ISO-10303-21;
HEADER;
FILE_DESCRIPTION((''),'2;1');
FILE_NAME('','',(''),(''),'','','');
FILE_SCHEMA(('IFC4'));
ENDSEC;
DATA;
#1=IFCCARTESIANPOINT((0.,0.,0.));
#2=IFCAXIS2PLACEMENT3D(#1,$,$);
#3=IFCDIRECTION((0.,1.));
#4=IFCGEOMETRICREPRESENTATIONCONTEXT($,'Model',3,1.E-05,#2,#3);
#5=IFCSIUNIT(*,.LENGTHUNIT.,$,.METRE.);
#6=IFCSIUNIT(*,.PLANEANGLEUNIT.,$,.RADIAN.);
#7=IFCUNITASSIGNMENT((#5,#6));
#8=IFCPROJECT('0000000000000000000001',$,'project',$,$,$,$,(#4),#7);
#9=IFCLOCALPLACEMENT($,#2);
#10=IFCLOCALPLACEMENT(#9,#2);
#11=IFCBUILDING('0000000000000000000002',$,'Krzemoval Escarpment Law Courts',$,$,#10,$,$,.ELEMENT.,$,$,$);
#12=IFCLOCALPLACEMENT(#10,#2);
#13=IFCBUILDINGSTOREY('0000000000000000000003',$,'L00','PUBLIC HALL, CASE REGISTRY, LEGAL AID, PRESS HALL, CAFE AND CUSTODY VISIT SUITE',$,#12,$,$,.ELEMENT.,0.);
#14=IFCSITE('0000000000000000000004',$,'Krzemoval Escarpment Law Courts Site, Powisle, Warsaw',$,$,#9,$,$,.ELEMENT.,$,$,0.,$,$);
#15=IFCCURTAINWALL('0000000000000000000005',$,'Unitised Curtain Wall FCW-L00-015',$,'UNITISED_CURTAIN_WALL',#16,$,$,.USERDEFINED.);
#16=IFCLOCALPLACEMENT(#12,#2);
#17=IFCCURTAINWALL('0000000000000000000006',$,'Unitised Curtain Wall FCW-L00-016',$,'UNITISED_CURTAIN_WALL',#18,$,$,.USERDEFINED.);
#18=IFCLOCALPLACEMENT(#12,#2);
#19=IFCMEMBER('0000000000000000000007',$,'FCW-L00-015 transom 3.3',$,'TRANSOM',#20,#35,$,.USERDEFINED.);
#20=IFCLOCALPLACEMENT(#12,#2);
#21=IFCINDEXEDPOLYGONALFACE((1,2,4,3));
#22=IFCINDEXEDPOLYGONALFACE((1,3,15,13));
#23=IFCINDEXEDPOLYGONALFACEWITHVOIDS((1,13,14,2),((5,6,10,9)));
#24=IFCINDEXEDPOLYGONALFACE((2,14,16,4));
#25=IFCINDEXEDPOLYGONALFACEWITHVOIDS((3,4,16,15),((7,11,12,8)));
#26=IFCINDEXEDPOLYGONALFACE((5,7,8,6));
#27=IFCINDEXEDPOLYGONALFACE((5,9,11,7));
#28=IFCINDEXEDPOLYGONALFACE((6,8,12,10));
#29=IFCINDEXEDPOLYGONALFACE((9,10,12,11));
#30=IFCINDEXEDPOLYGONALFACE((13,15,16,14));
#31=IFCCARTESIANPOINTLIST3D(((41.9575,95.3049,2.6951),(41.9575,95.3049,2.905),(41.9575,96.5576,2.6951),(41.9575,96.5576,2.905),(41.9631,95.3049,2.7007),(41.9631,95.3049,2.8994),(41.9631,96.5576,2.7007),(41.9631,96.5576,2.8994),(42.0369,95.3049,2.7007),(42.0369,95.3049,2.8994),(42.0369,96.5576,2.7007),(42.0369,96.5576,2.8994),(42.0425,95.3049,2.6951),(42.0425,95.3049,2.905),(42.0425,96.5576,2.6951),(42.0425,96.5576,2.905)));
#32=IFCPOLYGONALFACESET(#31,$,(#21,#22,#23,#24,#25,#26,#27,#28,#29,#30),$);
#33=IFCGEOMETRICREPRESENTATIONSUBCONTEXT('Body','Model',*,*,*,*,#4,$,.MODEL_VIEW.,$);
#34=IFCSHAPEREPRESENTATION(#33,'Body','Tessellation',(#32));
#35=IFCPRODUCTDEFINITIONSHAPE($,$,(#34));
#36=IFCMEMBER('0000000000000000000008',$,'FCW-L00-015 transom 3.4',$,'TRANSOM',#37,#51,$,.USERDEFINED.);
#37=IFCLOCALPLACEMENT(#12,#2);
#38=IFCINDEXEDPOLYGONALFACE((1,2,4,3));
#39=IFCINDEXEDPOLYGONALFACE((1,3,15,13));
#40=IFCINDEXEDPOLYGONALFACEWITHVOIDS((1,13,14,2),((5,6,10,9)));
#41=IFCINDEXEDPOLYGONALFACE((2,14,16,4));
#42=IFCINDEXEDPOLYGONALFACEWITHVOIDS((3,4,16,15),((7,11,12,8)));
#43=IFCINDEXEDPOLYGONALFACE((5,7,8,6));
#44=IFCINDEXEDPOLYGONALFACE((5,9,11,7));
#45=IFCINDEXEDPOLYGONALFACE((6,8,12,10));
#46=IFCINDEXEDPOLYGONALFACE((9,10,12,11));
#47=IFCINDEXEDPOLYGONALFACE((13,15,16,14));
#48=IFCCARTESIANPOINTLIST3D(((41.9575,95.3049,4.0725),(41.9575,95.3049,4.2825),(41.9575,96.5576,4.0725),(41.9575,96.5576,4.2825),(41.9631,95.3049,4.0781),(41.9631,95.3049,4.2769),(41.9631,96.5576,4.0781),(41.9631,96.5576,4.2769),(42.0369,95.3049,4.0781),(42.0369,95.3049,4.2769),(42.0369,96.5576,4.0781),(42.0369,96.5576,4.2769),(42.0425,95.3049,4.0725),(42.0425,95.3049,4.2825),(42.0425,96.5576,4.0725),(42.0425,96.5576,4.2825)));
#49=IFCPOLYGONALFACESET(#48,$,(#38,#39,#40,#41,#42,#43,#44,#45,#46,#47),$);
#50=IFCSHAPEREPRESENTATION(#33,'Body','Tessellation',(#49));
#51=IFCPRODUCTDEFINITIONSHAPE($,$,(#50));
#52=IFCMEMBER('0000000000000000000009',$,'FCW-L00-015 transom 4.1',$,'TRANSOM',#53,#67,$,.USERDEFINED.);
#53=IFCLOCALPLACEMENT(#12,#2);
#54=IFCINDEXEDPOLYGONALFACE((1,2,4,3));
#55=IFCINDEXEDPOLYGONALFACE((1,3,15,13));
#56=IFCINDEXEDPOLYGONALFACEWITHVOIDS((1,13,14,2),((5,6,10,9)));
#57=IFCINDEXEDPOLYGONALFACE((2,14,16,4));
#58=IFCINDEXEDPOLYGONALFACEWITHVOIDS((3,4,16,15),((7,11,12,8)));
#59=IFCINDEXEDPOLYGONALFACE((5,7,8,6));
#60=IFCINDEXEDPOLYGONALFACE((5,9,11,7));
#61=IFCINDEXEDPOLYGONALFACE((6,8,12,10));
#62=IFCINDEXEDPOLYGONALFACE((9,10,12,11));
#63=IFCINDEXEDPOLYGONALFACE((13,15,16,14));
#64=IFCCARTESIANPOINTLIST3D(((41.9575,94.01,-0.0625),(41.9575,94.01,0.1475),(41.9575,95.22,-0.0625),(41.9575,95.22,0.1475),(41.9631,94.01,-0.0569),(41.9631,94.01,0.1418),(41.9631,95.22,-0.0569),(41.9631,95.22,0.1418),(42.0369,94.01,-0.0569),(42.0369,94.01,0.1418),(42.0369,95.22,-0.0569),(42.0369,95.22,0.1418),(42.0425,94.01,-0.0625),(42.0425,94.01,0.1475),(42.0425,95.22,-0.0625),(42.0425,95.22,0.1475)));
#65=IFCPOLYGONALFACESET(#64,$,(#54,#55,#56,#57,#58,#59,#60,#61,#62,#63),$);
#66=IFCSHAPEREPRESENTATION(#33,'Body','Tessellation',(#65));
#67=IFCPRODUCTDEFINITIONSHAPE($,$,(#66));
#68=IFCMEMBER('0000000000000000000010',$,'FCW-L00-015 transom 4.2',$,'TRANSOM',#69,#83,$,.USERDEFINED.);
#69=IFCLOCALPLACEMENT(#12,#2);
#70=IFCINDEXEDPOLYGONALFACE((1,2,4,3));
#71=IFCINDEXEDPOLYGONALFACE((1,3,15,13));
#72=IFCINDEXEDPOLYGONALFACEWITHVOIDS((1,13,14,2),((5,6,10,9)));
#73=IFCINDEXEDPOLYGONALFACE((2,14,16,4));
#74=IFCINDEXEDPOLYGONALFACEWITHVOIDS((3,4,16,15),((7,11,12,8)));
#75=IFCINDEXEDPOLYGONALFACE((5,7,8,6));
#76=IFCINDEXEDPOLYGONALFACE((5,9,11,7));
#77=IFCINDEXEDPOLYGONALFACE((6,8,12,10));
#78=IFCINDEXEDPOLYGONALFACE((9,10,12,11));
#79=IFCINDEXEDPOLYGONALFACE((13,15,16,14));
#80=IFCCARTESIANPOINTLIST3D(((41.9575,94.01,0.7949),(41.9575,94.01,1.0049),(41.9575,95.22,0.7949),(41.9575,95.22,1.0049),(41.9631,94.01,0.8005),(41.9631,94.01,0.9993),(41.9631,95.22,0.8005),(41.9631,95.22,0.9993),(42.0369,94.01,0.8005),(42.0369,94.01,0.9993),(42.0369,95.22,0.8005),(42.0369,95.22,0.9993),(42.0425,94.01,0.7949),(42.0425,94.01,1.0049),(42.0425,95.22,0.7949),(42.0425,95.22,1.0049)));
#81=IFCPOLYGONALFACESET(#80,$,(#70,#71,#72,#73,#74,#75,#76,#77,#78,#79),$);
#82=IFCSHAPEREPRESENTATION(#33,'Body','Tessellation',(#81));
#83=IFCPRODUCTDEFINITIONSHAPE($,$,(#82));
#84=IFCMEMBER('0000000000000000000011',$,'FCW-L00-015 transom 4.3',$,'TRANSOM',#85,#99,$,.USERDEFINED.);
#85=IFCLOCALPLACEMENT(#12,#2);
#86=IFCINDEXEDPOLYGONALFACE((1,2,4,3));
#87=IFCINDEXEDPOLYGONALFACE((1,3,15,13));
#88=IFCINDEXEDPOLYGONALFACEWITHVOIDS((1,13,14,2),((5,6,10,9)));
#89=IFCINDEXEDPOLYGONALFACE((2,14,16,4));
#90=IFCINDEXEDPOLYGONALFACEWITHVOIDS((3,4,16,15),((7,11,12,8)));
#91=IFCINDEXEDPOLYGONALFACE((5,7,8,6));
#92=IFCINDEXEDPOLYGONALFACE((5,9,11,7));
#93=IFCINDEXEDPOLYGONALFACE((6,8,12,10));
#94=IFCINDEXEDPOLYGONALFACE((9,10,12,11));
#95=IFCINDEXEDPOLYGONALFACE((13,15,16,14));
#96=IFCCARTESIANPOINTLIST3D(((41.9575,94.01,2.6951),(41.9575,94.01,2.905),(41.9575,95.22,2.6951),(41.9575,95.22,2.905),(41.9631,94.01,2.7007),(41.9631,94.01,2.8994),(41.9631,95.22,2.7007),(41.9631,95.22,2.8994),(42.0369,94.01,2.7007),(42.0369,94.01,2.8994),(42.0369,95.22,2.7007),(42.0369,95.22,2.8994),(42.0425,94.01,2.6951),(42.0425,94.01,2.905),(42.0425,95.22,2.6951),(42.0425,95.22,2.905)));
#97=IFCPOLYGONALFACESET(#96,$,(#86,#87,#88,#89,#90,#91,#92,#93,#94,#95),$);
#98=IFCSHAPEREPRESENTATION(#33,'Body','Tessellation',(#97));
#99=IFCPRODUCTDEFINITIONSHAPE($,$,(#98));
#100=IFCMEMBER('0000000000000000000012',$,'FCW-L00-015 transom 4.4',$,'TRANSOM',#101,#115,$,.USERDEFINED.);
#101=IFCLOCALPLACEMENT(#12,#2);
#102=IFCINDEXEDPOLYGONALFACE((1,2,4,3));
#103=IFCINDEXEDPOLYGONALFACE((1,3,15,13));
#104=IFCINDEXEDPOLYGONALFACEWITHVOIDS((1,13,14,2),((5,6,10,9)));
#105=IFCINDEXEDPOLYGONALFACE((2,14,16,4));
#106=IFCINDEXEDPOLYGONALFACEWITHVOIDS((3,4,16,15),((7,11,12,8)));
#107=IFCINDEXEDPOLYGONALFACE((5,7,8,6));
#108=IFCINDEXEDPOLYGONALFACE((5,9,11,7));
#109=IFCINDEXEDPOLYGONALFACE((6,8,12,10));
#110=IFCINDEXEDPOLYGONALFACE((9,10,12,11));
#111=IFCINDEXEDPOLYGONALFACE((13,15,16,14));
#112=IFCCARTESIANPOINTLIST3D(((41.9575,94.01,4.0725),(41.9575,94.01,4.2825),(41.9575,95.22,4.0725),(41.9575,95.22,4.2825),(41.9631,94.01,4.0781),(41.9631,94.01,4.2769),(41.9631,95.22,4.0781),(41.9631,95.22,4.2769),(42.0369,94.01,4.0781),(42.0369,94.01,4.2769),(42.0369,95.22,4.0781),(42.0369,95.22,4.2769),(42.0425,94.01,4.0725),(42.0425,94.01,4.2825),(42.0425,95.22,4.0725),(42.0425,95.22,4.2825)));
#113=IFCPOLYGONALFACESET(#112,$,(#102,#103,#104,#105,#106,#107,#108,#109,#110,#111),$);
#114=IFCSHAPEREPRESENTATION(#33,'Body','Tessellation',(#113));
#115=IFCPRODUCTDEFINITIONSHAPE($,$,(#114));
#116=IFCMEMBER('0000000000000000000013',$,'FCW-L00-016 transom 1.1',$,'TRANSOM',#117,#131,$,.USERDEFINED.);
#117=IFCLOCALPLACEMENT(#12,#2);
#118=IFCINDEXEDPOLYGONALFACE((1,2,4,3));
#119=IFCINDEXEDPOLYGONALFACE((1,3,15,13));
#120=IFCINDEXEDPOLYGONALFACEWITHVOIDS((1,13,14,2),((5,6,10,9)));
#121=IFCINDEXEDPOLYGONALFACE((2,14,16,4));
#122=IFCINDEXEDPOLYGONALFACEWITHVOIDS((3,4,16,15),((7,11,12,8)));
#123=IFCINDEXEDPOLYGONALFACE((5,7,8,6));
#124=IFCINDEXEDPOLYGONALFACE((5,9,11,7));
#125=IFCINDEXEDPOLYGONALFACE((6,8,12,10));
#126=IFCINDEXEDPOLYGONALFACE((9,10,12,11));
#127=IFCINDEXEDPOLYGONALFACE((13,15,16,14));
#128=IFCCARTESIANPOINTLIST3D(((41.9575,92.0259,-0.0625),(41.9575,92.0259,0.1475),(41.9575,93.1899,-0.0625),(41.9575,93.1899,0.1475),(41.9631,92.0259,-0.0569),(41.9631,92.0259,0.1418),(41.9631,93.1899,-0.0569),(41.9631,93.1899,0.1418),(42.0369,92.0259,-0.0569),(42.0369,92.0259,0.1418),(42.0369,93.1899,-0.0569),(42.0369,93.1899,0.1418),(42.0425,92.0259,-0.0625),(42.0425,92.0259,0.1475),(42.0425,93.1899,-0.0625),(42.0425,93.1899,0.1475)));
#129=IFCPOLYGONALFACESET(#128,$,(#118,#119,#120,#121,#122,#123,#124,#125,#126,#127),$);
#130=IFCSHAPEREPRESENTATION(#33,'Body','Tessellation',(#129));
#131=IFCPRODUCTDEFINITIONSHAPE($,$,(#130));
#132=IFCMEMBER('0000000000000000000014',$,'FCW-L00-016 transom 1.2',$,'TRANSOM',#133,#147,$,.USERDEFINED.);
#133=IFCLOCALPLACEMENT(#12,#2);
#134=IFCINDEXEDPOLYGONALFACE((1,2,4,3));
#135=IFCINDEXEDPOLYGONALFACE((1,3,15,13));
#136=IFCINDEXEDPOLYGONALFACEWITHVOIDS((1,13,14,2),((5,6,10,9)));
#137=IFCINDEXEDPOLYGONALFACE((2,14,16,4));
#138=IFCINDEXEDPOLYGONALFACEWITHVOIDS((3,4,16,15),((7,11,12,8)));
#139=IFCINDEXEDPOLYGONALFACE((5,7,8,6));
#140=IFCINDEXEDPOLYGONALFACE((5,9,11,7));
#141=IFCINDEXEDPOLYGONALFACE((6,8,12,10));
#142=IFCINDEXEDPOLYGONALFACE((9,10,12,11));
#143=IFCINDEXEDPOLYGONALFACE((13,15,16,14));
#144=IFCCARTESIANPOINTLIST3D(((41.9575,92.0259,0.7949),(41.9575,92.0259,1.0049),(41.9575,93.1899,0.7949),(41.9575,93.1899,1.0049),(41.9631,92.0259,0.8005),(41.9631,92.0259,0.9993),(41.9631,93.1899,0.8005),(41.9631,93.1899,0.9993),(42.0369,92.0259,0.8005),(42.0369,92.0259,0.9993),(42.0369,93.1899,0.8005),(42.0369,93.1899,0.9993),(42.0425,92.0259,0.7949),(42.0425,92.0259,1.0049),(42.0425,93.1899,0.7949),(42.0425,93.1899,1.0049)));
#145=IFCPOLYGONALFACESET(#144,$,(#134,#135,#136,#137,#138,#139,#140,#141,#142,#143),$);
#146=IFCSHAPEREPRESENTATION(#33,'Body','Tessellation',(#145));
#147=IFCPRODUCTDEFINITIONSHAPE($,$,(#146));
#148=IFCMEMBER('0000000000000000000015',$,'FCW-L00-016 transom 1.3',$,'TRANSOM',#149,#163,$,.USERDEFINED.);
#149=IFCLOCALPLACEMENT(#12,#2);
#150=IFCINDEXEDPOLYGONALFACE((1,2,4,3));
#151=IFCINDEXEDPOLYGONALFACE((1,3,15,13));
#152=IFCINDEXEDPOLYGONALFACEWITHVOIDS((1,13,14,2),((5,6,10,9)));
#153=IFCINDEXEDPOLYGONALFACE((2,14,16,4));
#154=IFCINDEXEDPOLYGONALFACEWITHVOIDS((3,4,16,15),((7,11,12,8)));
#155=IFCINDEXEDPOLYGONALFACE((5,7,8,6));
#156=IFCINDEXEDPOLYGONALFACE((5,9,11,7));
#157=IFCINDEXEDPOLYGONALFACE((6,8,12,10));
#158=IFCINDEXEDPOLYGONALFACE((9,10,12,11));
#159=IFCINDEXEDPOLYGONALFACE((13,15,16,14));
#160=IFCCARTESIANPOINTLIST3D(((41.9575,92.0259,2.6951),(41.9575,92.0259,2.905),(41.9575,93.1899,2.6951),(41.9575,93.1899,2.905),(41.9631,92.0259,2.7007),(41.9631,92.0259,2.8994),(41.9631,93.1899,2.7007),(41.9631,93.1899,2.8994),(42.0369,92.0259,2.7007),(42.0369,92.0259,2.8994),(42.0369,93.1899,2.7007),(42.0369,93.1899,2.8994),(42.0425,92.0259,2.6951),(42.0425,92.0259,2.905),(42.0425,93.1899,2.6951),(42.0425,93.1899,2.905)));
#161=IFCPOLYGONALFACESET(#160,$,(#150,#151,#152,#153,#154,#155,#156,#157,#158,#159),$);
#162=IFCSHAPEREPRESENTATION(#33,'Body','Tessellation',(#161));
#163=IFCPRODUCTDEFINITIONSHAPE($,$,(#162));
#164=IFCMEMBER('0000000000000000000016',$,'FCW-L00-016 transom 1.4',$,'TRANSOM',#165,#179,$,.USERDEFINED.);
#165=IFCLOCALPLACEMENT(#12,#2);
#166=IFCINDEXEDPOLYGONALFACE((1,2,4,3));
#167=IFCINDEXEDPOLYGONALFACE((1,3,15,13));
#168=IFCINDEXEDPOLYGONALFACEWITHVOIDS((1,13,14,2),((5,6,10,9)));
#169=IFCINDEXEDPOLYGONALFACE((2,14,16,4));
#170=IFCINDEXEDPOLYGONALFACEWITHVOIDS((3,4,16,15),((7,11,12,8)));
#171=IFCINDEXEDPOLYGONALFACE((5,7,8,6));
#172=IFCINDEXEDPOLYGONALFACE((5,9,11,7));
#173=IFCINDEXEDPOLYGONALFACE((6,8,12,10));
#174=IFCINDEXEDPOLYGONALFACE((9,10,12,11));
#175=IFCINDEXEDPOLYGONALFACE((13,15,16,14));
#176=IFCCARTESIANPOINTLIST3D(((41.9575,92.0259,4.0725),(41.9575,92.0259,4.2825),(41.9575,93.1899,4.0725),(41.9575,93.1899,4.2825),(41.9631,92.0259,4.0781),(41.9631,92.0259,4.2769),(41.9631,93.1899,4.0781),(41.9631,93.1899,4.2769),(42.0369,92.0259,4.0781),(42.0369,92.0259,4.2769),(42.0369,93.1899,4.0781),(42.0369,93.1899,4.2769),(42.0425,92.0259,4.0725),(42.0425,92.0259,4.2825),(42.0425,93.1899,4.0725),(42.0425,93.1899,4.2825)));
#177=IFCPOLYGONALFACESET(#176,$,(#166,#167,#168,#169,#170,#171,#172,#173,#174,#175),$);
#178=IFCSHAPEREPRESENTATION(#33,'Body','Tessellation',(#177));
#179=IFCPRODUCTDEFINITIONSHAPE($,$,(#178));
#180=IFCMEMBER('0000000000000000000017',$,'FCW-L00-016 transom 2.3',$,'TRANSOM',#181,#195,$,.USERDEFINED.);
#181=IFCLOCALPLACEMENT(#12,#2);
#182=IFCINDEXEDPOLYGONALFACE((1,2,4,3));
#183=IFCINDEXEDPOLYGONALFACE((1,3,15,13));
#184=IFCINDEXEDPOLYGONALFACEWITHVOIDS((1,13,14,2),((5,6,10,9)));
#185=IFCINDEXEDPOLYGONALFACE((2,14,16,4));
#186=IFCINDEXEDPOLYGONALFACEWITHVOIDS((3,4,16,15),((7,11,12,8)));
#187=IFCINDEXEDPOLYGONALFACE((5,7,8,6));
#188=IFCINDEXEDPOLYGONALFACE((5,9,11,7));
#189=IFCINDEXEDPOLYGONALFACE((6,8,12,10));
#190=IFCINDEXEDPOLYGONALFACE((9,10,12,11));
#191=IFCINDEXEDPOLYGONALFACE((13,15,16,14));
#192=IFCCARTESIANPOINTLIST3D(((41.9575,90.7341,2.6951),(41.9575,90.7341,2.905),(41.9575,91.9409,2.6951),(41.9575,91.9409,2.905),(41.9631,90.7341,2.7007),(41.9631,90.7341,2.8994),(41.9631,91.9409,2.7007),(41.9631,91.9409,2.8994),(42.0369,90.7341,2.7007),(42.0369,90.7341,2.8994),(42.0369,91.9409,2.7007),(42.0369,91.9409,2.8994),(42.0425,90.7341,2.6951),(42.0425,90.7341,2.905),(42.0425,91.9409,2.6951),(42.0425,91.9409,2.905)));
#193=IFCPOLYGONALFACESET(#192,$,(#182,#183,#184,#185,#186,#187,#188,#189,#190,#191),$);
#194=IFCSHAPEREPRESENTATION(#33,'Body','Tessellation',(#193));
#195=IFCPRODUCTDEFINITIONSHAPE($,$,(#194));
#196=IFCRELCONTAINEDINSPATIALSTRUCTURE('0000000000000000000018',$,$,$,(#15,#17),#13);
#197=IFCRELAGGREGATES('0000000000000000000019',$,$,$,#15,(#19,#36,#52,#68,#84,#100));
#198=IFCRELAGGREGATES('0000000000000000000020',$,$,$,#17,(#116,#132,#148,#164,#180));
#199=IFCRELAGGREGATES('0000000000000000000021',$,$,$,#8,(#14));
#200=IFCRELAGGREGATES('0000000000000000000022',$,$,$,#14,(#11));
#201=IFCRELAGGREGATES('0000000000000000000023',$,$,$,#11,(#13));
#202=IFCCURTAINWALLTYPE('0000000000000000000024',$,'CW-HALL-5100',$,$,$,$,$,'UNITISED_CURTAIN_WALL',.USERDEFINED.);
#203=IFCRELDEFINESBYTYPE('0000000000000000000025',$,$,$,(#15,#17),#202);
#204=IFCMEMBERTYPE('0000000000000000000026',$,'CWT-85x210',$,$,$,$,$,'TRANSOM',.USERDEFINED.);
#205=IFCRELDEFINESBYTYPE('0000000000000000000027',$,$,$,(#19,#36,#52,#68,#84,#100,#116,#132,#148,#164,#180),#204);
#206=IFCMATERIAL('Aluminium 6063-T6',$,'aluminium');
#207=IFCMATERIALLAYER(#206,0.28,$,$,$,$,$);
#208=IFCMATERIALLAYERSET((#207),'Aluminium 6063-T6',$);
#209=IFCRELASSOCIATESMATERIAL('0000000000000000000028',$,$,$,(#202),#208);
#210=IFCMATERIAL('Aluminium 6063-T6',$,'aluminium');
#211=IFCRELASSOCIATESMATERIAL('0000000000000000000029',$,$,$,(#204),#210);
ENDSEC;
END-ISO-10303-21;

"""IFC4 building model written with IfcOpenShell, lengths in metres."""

from ifc_helpers import new_model, si_unit, direction, frame, origin, origin_2d, place, context, subcontext, project, spatial, hollow_rectangle, extrude, material, layer, layer_set, material_profile, profile_set, type_object, element, aggregate, save


model = new_model("IFC4")

# Units and contexts
model_context = context("Model", 3, precision=1e-05, world=origin(), true_north=direction((0.0, 1.0)))
body_context = subcontext(model_context, "Body", "Model", "MODEL_VIEW")
ifc_project = project(units=[si_unit("LENGTHUNIT", "METRE"), si_unit("PLANEANGLEUNIT", "RADIAN")], contexts=[model_context])

# Site, building, storey
site_placement = place(None, origin())
site = spatial("IfcSite", under=ifc_project, at=site_placement, Name="Krzemoval Escarpment Law Courts Site, Powisle, Warsaw", CompositionType="ELEMENT", RefElevation=0.0)
building_placement = place(site_placement, origin())
building = spatial("IfcBuilding", under=site, at=building_placement, Name="Krzemoval Escarpment Law Courts", CompositionType="ELEMENT")
storey_placement = place(building_placement, origin())
storey = spatial("IfcBuildingStorey", under=building, at=storey_placement, Name="L00", Description="PUBLIC HALL, CASE REGISTRY, LEGAL AID, PRESS HALL, CAFE AND CUSTODY VISIT SUITE", CompositionType="ELEMENT", Elevation=0.0)

# Curtain walls
ifc_material_1 = material(Name="Aluminium 6063-T6", Category="aluminium")
ifc_layer_1 = layer(ifc_material_1, 0.28)
ifc_layer_set_1 = layer_set([ifc_layer_1], Name="Aluminium 6063-T6")
curtain_wall_type = type_object("IfcCurtainWallType", Name="CW-HALL-5100", ElementType="UNITISED_CURTAIN_WALL", PredefinedType="USERDEFINED", material=ifc_layer_set_1)
curtain_wall_1_placement = place(storey_placement, origin())
curtain_wall_1 = element("IfcCurtainWall", 1, at=curtain_wall_1_placement, inside=storey, type_object=curtain_wall_type, Name="Unitised Curtain Wall FCW-L00-015", ObjectType="UNITISED_CURTAIN_WALL", PredefinedType="USERDEFINED")
curtain_wall_2_placement = place(storey_placement, origin())
curtain_wall_2 = element("IfcCurtainWall", 2, at=curtain_wall_2_placement, inside=storey, type_object=curtain_wall_type, Name="Unitised Curtain Wall FCW-L00-016", ObjectType="UNITISED_CURTAIN_WALL", PredefinedType="USERDEFINED")

# Members
ifc_material_2 = material(Name="Aluminium 6063-T6", Category="aluminium")
ifc_material_profile_1 = material_profile(ifc_material_2, hollow_rectangle(XDim=0.085, YDim=0.21, WallThickness=0.0056, at=origin_2d()), Name="ALU T85x210")
ifc_profile_set_1 = profile_set([ifc_material_profile_1], Name="Aluminium 6063-T6")
member_type_1 = type_object("IfcMemberType", Name="CWT-85x210", ElementType="TRANSOM", PredefinedType="USERDEFINED", material=ifc_profile_set_1)
member_1_placement = place(storey_placement, frame((42.0, 96.5576, 2.8), z_axis=(0.0, -1.0, 0.0), x_axis=(1.0, 0.0, 0.0)))
member_1 = element("IfcMember", 3, at=member_1_placement, type_object=member_type_1, Name="FCW-L00-015 transom 3.3", ObjectType="TRANSOM", PredefinedType="USERDEFINED", context=body_context, shape_type="SweptSolid", body=[
    extrude(hollow_rectangle(XDim=0.085, YDim=0.21, WallThickness=0.0056, at=origin_2d()), origin(), (0.0, 0.0, 1.0), 1.2527),
])
member_2_placement = place(storey_placement, frame((42.0, 96.5576, 4.1775), z_axis=(0.0, -1.0, 0.0), x_axis=(1.0, 0.0, 0.0)))
member_2 = element("IfcMember", 4, at=member_2_placement, type_object=member_type_1, Name="FCW-L00-015 transom 3.4", ObjectType="TRANSOM", PredefinedType="USERDEFINED", context=body_context, shape_type="SweptSolid", body=[
    extrude(hollow_rectangle(XDim=0.085, YDim=0.21, WallThickness=0.0056, at=origin_2d()), origin(), (0.0, 0.0, 1.0), 1.2527),
])
member_3_placement = place(storey_placement, frame((42.0, 95.22, 0.0425), z_axis=(0.0, -1.0, 0.0), x_axis=(1.0, 0.0, 0.0)))
member_3 = element("IfcMember", 5, at=member_3_placement, type_object=member_type_1, Name="FCW-L00-015 transom 4.1", ObjectType="TRANSOM", PredefinedType="USERDEFINED", context=body_context, shape_type="SweptSolid", body=[
    extrude(hollow_rectangle(XDim=0.085, YDim=0.21, WallThickness=0.0056, at=origin_2d()), origin(), (0.0, 0.0, 1.0), 1.21),
])
member_4_placement = place(storey_placement, frame((42.0, 95.22, 0.8999), z_axis=(0.0, -1.0, 0.0), x_axis=(1.0, 0.0, 0.0)))
member_4 = element("IfcMember", 6, at=member_4_placement, type_object=member_type_1, Name="FCW-L00-015 transom 4.2", ObjectType="TRANSOM", PredefinedType="USERDEFINED", context=body_context, shape_type="SweptSolid", body=[
    extrude(hollow_rectangle(XDim=0.085, YDim=0.21, WallThickness=0.0056, at=origin_2d()), origin(), (0.0, 0.0, 1.0), 1.21),
])
member_5_placement = place(storey_placement, frame((42.0, 95.22, 2.8), z_axis=(0.0, -1.0, 0.0), x_axis=(1.0, 0.0, 0.0)))
member_5 = element("IfcMember", 7, at=member_5_placement, type_object=member_type_1, Name="FCW-L00-015 transom 4.3", ObjectType="TRANSOM", PredefinedType="USERDEFINED", context=body_context, shape_type="SweptSolid", body=[
    extrude(hollow_rectangle(XDim=0.085, YDim=0.21, WallThickness=0.0056, at=origin_2d()), origin(), (0.0, 0.0, 1.0), 1.21),
])
member_6_placement = place(storey_placement, frame((42.0, 95.22, 4.1775), z_axis=(0.0, -1.0, 0.0), x_axis=(1.0, 0.0, 0.0)))
member_6 = element("IfcMember", 8, at=member_6_placement, type_object=member_type_1, Name="FCW-L00-015 transom 4.4", ObjectType="TRANSOM", PredefinedType="USERDEFINED", context=body_context, shape_type="SweptSolid", body=[
    extrude(hollow_rectangle(XDim=0.085, YDim=0.21, WallThickness=0.0056, at=origin_2d()), origin(), (0.0, 0.0, 1.0), 1.21),
])
member_7_placement = place(storey_placement, frame((42.0, 93.1899, 0.0425), z_axis=(0.0, -1.0, 0.0), x_axis=(1.0, 0.0, 0.0)))
member_7 = element("IfcMember", 9, at=member_7_placement, type_object=member_type_1, Name="FCW-L00-016 transom 1.1", ObjectType="TRANSOM", PredefinedType="USERDEFINED", context=body_context, shape_type="SweptSolid", body=[
    extrude(hollow_rectangle(XDim=0.085, YDim=0.21, WallThickness=0.0056, at=origin_2d()), origin(), (0.0, 0.0, 1.0), 1.1641),
])
member_8_placement = place(storey_placement, frame((42.0, 93.1899, 0.8999), z_axis=(0.0, -1.0, 0.0), x_axis=(1.0, 0.0, 0.0)))
member_8 = element("IfcMember", 10, at=member_8_placement, type_object=member_type_1, Name="FCW-L00-016 transom 1.2", ObjectType="TRANSOM", PredefinedType="USERDEFINED", context=body_context, shape_type="SweptSolid", body=[
    extrude(hollow_rectangle(XDim=0.085, YDim=0.21, WallThickness=0.0056, at=origin_2d()), origin(), (0.0, 0.0, 1.0), 1.1641),
])
member_9_placement = place(storey_placement, frame((42.0, 93.1899, 2.8), z_axis=(0.0, -1.0, 0.0), x_axis=(1.0, 0.0, 0.0)))
member_9 = element("IfcMember", 11, at=member_9_placement, type_object=member_type_1, Name="FCW-L00-016 transom 1.3", ObjectType="TRANSOM", PredefinedType="USERDEFINED", context=body_context, shape_type="SweptSolid", body=[
    extrude(hollow_rectangle(XDim=0.085, YDim=0.21, WallThickness=0.0056, at=origin_2d()), origin(), (0.0, 0.0, 1.0), 1.1641),
])
member_10_placement = place(storey_placement, frame((42.0, 93.1899, 4.1775), z_axis=(0.0, -1.0, 0.0), x_axis=(1.0, 0.0, 0.0)))
member_10 = element("IfcMember", 12, at=member_10_placement, type_object=member_type_1, Name="FCW-L00-016 transom 1.4", ObjectType="TRANSOM", PredefinedType="USERDEFINED", context=body_context, shape_type="SweptSolid", body=[
    extrude(hollow_rectangle(XDim=0.085, YDim=0.21, WallThickness=0.0056, at=origin_2d()), origin(), (0.0, 0.0, 1.0), 1.1641),
])
member_11_placement = place(storey_placement, frame((42.0, 91.9409, 2.8), z_axis=(0.0, -1.0, 0.0), x_axis=(1.0, 0.0, 0.0)))
member_11 = element("IfcMember", 13, at=member_11_placement, type_object=member_type_1, Name="FCW-L00-016 transom 2.3", ObjectType="TRANSOM", PredefinedType="USERDEFINED", context=body_context, shape_type="SweptSolid", body=[
    extrude(hollow_rectangle(XDim=0.085, YDim=0.21, WallThickness=0.0056, at=origin_2d()), origin(), (0.0, 0.0, 1.0), 1.2068),
])

aggregate(curtain_wall_1, [member_1, member_2, member_3, member_4, member_5, member_6])
aggregate(curtain_wall_2, [member_7, member_8, member_9, member_10, member_11])

save(model, "model.ifc")
